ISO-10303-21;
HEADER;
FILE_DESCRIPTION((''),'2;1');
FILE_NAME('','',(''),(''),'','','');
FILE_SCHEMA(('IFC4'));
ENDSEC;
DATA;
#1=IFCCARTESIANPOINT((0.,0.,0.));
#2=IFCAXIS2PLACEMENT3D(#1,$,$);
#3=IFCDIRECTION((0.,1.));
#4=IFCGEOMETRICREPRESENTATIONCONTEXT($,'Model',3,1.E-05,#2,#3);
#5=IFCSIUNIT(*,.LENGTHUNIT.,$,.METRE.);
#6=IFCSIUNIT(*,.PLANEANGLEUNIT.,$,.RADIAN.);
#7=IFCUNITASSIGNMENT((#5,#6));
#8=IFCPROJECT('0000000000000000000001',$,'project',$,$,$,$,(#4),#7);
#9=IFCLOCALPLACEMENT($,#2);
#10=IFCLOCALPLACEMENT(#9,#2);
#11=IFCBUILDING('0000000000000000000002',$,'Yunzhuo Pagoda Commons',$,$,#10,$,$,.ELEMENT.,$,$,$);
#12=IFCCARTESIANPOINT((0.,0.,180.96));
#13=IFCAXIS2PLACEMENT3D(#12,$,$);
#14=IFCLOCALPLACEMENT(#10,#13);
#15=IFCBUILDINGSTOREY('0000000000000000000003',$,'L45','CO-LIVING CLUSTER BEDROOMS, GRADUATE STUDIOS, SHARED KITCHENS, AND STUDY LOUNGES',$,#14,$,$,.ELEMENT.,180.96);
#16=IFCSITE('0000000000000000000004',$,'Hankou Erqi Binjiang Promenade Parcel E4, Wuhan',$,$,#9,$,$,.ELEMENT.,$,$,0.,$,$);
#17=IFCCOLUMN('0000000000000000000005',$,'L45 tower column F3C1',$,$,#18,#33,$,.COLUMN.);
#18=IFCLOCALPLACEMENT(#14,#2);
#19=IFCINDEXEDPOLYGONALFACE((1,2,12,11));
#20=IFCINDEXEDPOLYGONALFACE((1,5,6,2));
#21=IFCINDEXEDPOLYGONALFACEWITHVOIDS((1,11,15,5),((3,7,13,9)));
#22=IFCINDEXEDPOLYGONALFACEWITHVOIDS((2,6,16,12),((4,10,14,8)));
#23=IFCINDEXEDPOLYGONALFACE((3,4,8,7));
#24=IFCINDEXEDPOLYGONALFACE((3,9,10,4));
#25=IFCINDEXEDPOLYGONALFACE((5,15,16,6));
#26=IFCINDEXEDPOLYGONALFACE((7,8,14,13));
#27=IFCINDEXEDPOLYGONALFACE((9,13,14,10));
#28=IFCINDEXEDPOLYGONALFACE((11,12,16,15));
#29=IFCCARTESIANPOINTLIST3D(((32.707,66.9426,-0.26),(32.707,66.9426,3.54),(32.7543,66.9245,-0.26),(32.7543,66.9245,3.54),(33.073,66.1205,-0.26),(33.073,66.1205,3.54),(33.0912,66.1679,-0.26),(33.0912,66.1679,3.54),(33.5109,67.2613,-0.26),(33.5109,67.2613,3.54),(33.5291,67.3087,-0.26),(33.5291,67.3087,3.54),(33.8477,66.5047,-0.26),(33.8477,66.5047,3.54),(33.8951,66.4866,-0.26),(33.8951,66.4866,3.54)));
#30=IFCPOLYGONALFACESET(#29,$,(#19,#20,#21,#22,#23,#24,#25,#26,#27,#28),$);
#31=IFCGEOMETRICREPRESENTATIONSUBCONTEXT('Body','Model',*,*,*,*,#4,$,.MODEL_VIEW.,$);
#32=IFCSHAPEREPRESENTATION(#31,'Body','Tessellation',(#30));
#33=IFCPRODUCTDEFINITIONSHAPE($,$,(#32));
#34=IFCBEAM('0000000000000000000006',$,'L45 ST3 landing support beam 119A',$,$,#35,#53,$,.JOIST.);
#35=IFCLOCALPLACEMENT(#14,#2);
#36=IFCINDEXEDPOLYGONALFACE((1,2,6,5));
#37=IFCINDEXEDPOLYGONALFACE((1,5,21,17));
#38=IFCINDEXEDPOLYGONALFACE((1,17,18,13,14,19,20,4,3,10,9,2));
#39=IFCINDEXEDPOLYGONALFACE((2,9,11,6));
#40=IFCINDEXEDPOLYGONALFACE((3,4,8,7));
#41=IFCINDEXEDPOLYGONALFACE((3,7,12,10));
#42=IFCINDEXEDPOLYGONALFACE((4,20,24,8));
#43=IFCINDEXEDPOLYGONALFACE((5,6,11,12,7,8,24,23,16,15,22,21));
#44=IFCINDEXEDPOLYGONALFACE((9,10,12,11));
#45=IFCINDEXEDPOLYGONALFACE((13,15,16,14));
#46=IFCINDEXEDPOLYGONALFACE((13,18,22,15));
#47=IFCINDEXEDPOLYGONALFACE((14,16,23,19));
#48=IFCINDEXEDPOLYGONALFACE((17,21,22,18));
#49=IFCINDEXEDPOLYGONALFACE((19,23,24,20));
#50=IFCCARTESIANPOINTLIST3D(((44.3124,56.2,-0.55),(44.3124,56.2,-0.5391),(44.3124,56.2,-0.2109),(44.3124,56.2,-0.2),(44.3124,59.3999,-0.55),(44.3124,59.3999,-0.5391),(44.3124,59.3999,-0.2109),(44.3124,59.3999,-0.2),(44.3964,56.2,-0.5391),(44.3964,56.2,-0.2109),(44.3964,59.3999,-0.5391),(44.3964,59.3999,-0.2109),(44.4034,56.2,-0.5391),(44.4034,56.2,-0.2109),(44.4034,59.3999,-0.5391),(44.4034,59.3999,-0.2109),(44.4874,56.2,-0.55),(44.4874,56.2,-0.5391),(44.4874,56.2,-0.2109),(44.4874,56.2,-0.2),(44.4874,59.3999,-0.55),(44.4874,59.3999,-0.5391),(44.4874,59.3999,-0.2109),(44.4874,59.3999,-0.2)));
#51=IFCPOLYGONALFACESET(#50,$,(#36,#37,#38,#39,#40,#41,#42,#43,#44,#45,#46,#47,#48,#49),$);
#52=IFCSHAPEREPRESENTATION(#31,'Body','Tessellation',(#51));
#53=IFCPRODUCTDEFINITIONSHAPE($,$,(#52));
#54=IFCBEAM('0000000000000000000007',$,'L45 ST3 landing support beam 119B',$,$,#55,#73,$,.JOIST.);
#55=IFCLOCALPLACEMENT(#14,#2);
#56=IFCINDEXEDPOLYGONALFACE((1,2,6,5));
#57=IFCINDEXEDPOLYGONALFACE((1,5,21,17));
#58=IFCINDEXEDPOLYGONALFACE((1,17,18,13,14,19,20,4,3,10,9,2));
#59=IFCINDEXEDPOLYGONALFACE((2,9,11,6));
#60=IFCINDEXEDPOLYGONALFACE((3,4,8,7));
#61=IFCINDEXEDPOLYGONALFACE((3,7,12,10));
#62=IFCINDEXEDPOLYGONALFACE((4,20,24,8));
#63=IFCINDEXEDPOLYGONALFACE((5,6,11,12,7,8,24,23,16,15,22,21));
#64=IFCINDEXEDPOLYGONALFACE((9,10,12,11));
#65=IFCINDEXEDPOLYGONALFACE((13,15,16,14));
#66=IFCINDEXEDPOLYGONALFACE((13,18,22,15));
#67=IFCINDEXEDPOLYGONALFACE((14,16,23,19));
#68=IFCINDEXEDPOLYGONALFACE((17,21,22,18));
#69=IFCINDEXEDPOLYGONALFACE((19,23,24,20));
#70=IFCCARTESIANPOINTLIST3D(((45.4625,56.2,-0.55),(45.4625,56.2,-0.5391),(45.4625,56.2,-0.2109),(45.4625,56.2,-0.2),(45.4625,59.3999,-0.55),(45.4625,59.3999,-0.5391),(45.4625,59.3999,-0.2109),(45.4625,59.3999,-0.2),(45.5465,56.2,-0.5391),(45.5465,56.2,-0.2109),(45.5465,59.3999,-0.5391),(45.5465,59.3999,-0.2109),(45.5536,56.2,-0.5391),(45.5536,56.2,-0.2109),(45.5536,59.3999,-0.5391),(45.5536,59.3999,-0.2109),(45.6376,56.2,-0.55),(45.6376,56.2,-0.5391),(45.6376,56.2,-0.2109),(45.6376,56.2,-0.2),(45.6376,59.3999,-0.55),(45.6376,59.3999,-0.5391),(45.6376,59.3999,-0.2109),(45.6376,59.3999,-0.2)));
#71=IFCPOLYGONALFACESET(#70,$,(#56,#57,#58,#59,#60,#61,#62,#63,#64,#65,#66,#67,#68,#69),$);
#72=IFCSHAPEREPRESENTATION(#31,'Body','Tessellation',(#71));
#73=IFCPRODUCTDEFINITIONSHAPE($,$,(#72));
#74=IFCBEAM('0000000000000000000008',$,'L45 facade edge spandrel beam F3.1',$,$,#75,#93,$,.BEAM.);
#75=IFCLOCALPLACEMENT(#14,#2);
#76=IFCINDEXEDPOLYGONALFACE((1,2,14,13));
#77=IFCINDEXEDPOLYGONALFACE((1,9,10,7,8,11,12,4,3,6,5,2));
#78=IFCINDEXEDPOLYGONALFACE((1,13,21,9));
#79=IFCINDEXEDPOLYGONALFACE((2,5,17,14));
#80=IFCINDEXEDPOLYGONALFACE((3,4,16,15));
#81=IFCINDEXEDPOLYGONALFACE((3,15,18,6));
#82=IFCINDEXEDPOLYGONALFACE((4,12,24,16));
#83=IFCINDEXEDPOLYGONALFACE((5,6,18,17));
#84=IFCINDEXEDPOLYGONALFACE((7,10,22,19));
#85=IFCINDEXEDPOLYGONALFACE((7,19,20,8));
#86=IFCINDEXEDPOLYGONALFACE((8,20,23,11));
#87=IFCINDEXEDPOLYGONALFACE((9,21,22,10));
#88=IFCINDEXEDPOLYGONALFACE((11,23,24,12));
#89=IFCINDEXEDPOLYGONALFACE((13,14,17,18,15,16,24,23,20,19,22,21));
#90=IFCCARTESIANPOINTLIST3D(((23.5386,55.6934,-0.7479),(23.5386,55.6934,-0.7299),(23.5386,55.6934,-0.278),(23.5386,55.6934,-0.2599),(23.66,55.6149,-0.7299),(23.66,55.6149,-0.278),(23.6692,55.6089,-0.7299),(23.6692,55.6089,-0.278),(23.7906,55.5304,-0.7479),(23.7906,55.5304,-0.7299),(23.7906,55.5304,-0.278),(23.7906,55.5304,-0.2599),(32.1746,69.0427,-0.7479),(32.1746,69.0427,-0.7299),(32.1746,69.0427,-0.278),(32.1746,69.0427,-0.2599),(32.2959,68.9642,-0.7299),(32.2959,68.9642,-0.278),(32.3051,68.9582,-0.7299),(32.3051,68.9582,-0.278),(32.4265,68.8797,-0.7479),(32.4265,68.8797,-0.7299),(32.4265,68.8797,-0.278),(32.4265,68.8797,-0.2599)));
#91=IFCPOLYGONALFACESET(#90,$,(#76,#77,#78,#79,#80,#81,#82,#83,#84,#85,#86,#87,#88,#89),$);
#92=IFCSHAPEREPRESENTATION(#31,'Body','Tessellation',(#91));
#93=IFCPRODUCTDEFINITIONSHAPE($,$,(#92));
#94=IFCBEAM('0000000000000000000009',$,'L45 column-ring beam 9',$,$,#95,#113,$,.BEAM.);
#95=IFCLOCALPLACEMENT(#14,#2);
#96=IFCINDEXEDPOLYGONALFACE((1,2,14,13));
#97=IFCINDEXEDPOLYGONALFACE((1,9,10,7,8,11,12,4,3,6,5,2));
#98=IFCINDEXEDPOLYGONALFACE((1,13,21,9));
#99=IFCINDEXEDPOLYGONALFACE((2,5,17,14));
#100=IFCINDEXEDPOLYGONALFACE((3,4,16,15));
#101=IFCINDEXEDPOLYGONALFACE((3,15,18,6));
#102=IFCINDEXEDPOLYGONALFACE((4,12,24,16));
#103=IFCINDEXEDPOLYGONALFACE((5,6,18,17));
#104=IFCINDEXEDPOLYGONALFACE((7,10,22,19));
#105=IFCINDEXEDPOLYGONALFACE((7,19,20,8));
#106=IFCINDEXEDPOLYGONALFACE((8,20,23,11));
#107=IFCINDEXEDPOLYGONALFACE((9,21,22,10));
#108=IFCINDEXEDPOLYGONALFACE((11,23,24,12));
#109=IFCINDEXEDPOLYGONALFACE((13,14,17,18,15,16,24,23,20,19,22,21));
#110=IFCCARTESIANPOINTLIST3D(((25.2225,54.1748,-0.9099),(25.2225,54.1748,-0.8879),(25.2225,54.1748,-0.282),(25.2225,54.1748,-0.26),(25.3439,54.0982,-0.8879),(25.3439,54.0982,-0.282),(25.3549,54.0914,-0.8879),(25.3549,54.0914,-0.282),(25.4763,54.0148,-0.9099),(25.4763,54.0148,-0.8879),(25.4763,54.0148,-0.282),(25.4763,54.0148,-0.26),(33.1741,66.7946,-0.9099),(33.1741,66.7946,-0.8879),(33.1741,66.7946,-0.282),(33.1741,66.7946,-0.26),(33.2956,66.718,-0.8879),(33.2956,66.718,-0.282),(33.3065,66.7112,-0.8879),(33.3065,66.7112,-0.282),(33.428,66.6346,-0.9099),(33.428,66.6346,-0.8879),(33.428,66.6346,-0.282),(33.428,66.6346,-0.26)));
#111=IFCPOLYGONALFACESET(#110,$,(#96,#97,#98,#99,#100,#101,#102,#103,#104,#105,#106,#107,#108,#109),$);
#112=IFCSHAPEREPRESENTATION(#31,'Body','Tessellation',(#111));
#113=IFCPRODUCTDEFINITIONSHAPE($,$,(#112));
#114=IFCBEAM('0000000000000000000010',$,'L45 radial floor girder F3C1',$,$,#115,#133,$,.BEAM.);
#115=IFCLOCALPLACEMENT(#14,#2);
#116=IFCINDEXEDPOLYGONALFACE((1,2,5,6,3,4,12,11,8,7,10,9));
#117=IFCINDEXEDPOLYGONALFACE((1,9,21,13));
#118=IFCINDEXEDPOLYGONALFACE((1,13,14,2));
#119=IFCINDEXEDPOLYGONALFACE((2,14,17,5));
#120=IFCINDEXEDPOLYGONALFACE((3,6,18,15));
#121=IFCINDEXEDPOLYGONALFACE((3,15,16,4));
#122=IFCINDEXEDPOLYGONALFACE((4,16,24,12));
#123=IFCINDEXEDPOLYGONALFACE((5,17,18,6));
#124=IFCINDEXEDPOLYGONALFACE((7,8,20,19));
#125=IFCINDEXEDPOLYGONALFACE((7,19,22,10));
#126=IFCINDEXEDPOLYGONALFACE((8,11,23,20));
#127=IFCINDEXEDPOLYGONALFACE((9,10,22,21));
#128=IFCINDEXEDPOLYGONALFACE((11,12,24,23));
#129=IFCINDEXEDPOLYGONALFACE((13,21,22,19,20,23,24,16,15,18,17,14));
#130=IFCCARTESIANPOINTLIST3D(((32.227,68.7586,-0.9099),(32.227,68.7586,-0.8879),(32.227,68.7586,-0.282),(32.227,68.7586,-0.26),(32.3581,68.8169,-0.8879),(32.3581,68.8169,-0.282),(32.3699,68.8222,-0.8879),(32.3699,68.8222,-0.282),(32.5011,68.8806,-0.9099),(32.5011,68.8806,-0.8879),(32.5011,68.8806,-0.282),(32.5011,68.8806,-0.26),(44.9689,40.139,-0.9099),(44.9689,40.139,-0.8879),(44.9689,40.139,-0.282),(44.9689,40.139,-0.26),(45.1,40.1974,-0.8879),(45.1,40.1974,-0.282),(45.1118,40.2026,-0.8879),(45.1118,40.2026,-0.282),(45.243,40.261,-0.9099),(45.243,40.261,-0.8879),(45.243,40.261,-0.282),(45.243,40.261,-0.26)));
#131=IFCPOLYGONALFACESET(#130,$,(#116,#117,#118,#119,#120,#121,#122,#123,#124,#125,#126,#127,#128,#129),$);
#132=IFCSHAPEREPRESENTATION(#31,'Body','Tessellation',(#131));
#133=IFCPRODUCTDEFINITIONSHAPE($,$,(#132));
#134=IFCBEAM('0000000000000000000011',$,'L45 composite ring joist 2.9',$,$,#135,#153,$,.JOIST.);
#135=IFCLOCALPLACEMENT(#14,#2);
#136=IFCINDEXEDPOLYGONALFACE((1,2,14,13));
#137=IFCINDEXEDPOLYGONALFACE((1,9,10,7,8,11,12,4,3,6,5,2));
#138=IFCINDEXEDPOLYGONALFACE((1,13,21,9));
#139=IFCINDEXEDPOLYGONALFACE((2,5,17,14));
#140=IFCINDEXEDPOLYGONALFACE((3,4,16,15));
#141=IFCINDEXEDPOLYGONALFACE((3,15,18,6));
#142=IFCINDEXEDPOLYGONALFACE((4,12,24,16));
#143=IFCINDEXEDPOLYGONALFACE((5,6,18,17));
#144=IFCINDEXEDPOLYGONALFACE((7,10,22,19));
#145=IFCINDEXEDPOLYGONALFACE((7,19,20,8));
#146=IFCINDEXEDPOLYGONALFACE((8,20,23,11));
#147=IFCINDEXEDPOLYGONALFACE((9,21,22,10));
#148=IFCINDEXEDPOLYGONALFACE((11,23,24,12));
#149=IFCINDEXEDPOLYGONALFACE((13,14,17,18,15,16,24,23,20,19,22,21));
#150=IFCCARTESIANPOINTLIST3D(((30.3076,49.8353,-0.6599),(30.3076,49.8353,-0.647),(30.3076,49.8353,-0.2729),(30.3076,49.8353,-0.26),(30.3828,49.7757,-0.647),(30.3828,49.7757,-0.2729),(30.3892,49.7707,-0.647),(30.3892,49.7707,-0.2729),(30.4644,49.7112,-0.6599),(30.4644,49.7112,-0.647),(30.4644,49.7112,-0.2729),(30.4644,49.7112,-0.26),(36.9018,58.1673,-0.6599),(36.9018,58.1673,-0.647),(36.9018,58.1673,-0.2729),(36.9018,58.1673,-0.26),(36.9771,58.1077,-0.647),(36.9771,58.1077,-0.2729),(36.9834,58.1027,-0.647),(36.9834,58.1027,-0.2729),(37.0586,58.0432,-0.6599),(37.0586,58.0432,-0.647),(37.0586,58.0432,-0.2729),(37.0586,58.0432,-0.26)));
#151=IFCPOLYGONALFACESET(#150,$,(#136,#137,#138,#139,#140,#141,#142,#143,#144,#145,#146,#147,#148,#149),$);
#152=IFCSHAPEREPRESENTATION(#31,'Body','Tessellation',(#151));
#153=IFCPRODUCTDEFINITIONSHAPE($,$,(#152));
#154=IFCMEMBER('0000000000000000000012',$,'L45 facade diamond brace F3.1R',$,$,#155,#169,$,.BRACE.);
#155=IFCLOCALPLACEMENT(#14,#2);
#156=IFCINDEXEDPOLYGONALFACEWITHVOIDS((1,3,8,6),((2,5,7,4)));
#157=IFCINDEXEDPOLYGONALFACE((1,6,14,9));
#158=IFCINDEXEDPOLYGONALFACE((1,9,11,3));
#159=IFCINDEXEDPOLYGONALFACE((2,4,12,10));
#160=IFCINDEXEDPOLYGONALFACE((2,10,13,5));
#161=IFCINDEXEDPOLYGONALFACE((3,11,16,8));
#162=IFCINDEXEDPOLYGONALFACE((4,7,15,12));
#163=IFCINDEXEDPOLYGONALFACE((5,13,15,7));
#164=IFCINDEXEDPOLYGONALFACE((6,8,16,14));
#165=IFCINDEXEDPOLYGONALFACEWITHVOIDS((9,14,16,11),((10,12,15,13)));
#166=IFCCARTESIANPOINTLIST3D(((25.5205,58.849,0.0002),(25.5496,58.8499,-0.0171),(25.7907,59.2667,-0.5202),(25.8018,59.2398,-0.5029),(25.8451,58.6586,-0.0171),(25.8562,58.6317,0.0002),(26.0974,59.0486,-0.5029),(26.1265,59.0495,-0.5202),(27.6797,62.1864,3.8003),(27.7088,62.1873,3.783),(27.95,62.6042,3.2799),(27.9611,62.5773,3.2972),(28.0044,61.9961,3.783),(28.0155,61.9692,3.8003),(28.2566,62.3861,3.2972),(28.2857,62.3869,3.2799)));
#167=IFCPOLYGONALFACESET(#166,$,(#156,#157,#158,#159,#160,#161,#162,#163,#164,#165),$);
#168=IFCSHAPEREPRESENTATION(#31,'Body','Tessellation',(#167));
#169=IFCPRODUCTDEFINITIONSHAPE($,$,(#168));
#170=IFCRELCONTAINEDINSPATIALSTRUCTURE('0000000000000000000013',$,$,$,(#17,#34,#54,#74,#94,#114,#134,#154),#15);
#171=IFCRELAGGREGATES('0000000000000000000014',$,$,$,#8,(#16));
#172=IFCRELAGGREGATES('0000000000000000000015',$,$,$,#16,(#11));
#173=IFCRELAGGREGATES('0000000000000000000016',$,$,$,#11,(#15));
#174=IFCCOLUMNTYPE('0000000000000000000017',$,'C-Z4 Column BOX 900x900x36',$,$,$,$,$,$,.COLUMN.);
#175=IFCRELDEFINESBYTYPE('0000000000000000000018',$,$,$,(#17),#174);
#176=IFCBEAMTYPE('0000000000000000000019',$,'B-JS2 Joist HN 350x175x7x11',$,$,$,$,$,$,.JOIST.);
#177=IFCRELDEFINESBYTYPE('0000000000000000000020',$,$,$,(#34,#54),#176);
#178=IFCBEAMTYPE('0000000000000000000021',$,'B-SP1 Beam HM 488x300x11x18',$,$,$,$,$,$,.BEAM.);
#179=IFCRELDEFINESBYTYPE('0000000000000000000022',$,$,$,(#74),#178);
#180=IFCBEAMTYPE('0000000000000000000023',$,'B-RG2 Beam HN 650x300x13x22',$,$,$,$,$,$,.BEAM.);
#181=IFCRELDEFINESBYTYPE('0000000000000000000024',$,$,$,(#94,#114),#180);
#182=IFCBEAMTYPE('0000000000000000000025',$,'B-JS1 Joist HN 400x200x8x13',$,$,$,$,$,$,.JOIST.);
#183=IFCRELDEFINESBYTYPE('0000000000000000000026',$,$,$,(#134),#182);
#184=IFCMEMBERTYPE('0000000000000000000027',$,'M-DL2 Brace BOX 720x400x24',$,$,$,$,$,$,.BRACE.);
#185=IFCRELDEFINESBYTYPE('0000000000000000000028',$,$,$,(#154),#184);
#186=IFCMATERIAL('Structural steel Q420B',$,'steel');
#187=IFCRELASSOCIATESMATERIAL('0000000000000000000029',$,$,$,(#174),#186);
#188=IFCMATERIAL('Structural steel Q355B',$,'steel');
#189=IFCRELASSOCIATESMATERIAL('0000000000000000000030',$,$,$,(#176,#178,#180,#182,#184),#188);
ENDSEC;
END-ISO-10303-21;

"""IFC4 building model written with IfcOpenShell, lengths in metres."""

from ifc_helpers import new_model, si_unit, direction, frame, origin, origin_2d, place, context, subcontext, project, spatial, hollow_rectangle, i_section, extrude, source, transform, mapped, material, material_profile, profile_set, type_object, element, save


model = new_model("IFC4")

# Units and contexts
model_context = context("Model", 3, precision=1e-05, world=origin(), true_north=direction((0.0, 1.0)))
body_context = subcontext(model_context, "Body", "Model", "MODEL_VIEW")
ifc_project = project(units=[si_unit("LENGTHUNIT", "METRE"), si_unit("PLANEANGLEUNIT", "RADIAN")], contexts=[model_context])

# Site, building, storey
site_placement = place(None, origin())
site = spatial("IfcSite", under=ifc_project, at=site_placement, Name="Hankou Erqi Binjiang Promenade Parcel E4, Wuhan", CompositionType="ELEMENT", RefElevation=0.0)
building_placement = place(site_placement, origin())
building = spatial("IfcBuilding", under=site, at=building_placement, Name="Yunzhuo Pagoda Commons", CompositionType="ELEMENT")
storey_placement = place(building_placement, frame((0.0, 0.0, 180.96)))
storey = spatial("IfcBuildingStorey", under=building, at=storey_placement, Name="L45", Description="CO-LIVING CLUSTER BEDROOMS, GRADUATE STUDIOS, SHARED KITCHENS, AND STUDY LOUNGES", CompositionType="ELEMENT", Elevation=180.96)

# Column
ifc_material_1 = material(Name="Structural steel Q420B", Category="steel")
ifc_material_profile_1 = material_profile(ifc_material_1, hollow_rectangle(XDim=0.8999, YDim=0.8999, WallThickness=0.0359, at=origin_2d()), Name="Structural steel Q420B")
ifc_profile_set_1 = profile_set([ifc_material_profile_1], Name="Structural steel Q420B")
column_type = type_object("IfcColumnType", Name="C-Z4 Column BOX 900x900x36", PredefinedType="COLUMN", material=ifc_profile_set_1)
shared_shape_1 = source(origin(), body_context, "Body", "SweptSolid", [
    extrude(hollow_rectangle(XDim=0.8999, YDim=0.8999, WallThickness=0.0359, at=origin_2d()), origin(), (0.0, 0.0, 1.0), 3.8),
])
column_placement = place(storey_placement, frame((33.301, 66.7146, -0.26), z_axis=(0.0, 0.0, 1.0), x_axis=(-0.913545, -0.406737, 0.0)))
element("IfcColumn", 1, at=column_placement, inside=storey, type_object=column_type, Name="L45 tower column F3C1", PredefinedType="COLUMN", context=body_context, shape_type="MappedRepresentation", body=[
    mapped(shared_shape_1, transform((0.0, 0.0, 0.0), scale=1.0)),
])

# Beams
ifc_material_2 = material(Name="Structural steel Q355B", Category="steel")
ifc_material_profile_2 = material_profile(ifc_material_2, i_section(OverallWidth=0.175, OverallDepth=0.3501, WebThickness=0.0071, FlangeThickness=0.011, at=origin_2d()), Name="Structural steel Q355B")
ifc_profile_set_2 = profile_set([ifc_material_profile_2], Name="Structural steel Q355B")
beam_type_1 = type_object("IfcBeamType", Name="B-JS2 Joist HN 350x175x7x11", PredefinedType="JOIST", material=ifc_profile_set_2)
shared_shape_2 = source(origin(), body_context, "Body", "SweptSolid", [
    extrude(i_section(OverallWidth=0.175, OverallDepth=0.3501, WebThickness=0.0071, FlangeThickness=0.011, at=origin_2d()), origin(), (0.0, 0.0, 1.0), 3.2),
])
for number, where, z_axis, x_axis, name in (
    (2, (44.3999, 56.2, -0.375), (0.0, 1.0, 0.0), (-1.0, 0.0, 0.0), "L45 ST3 landing support beam 119A"),
    (3, (45.55, 56.2, -0.375), (0.0, 1.0, 0.0), (-1.0, 0.0, 0.0), "L45 ST3 landing support beam 119B"),
):
    element("IfcBeam", number, at=place(storey_placement, frame(where, z_axis=z_axis, x_axis=x_axis)), inside=storey, type_object=beam_type_1, Name=name, PredefinedType="JOIST", context=body_context, shape_type="MappedRepresentation", body=[
        mapped(shared_shape_2, transform((0.0, 0.0, 0.0), scale=1.0)),
    ])
ifc_material_profile_3 = material_profile(ifc_material_2, i_section(OverallWidth=0.3, OverallDepth=0.488, WebThickness=0.011, FlangeThickness=0.0181, at=origin_2d()), Name="Structural steel Q355B")
ifc_profile_set_3 = profile_set([ifc_material_profile_3], Name="Structural steel Q355B")
beam_type_2 = type_object("IfcBeamType", Name="B-SP1 Beam HM 488x300x11x18", PredefinedType="BEAM", material=ifc_profile_set_3)
shared_shape_3 = source(origin(), body_context, "Body", "SweptSolid", [
    extrude(i_section(OverallWidth=0.3, OverallDepth=0.488, WebThickness=0.011, FlangeThickness=0.0181, at=origin_2d()), origin(), (0.0, 0.0, 1.0), 15.8992),
])
beam_1_placement = place(storey_placement, frame((32.3005, 68.9612, -0.5039), z_axis=(-0.54317, -0.839623, 0.0), x_axis=(0.839623, -0.54317, 0.0)))
element("IfcBeam", 4, at=beam_1_placement, inside=storey, type_object=beam_type_2, Name="L45 facade edge spandrel beam F3.1", PredefinedType="BEAM", context=body_context, shape_type="MappedRepresentation", body=[
    mapped(shared_shape_3, transform((0.0, 0.0, 0.0), scale=1.0)),
])
ifc_material_profile_4 = material_profile(ifc_material_2, i_section(OverallWidth=0.3, OverallDepth=0.6499, WebThickness=0.0129, FlangeThickness=0.022, at=origin_2d()), Name="Structural steel Q355B")
ifc_profile_set_4 = profile_set([ifc_material_profile_4], Name="Structural steel Q355B")
beam_type_3 = type_object("IfcBeamType", Name="B-RG2 Beam HN 650x300x13x22", PredefinedType="BEAM", material=ifc_profile_set_4)
shared_shape_4 = source(origin(), body_context, "Body", "SweptSolid", [
    extrude(i_section(OverallWidth=0.3, OverallDepth=0.6499, WebThickness=0.0129, FlangeThickness=0.022, at=origin_2d()), origin(), (0.0, 0.0, 1.0), 14.916),
])
beam_2_placement = place(storey_placement, frame((33.301, 66.7146, -0.585), z_axis=(-0.533092, -0.846057, 0.0), x_axis=(0.846057, -0.533092, 0.0)))
element("IfcBeam", 5, at=beam_2_placement, inside=storey, type_object=beam_type_3, Name="L45 column-ring beam 9", PredefinedType="BEAM", context=body_context, shape_type="MappedRepresentation", body=[
    mapped(shared_shape_4, transform((0.0, 0.0, 0.0), scale=1.0)),
])
shared_shape_5 = source(origin(), body_context, "Body", "SweptSolid", [
    extrude(i_section(OverallWidth=0.3, OverallDepth=0.6499, WebThickness=0.0129, FlangeThickness=0.022, at=origin_2d()), origin(), (0.0, 0.0, 1.0), 31.3279),
])
beam_3_placement = place(storey_placement, frame((32.364, 68.8196, -0.585), z_axis=(0.406728, -0.913549, 0.0), x_axis=(0.913549, 0.406728, 0.0)))
element("IfcBeam", 6, at=beam_3_placement, inside=storey, type_object=beam_type_3, Name="L45 radial floor girder F3C1", PredefinedType="BEAM", context=body_context, shape_type="MappedRepresentation", body=[
    mapped(shared_shape_5, transform((0.0, 0.0, 0.0), scale=1.0)),
])
ifc_material_profile_5 = material_profile(ifc_material_2, i_section(OverallWidth=0.2, OverallDepth=0.3999, WebThickness=0.0081, FlangeThickness=0.0129, at=origin_2d()), Name="Structural steel Q355B")
ifc_profile_set_5 = profile_set([ifc_material_profile_5], Name="Structural steel Q355B")
beam_type_4 = type_object("IfcBeamType", Name="B-JS1 Joist HN 400x200x8x13", PredefinedType="JOIST", material=ifc_profile_set_5)
shared_shape_6 = source(origin(), body_context, "Body", "SweptSolid", [
    extrude(i_section(OverallWidth=0.2, OverallDepth=0.3999, WebThickness=0.0081, FlangeThickness=0.0129, at=origin_2d()), origin(), (0.0, 0.0, 1.0), 10.6257),
])
beam_4_placement = place(storey_placement, frame((36.9802, 58.1052, -0.46), z_axis=(-0.62059, -0.784135, 0.0), x_axis=(0.784135, -0.62059, 0.0)))
element("IfcBeam", 7, at=beam_4_placement, inside=storey, type_object=beam_type_4, Name="L45 composite ring joist 2.9", PredefinedType="JOIST", context=body_context, shape_type="MappedRepresentation", body=[
    mapped(shared_shape_6, transform((0.0, 0.0, 0.0), scale=1.0)),
])

# Member
ifc_material_profile_6 = material_profile(ifc_material_2, hollow_rectangle(XDim=0.3999, YDim=0.72, WallThickness=0.0239, at=origin_2d()), Name="Structural steel Q355B")
ifc_profile_set_6 = profile_set([ifc_material_profile_6], Name="Structural steel Q355B")
member_type_1 = type_object("IfcMemberType", Name="M-DL2 Brace BOX 720x400x24", PredefinedType="BRACE", material=ifc_profile_set_6)
shared_shape_7 = source(origin(), body_context, "Body", "SweptSolid", [
    extrude(hollow_rectangle(XDim=0.3999, YDim=0.72, WallThickness=0.0239, at=origin_2d()), origin(), (0.0, 0.0, 1.0), 5.4993),
])
member_1_placement = place(storey_placement, frame((25.8235, 58.9492, -0.26), z_axis=(0.392639, 0.606894, 0.691024), x_axis=(-0.839606, 0.543195, 0.0)))
element("IfcMember", 8, at=member_1_placement, inside=storey, type_object=member_type_1, Name="L45 facade diamond brace F3.1R", PredefinedType="BRACE", context=body_context, shape_type="MappedRepresentation", body=[
    mapped(shared_shape_7, transform((0.0, 0.0, 0.0), scale=1.0)),
])

save(model, "model.ifc")
